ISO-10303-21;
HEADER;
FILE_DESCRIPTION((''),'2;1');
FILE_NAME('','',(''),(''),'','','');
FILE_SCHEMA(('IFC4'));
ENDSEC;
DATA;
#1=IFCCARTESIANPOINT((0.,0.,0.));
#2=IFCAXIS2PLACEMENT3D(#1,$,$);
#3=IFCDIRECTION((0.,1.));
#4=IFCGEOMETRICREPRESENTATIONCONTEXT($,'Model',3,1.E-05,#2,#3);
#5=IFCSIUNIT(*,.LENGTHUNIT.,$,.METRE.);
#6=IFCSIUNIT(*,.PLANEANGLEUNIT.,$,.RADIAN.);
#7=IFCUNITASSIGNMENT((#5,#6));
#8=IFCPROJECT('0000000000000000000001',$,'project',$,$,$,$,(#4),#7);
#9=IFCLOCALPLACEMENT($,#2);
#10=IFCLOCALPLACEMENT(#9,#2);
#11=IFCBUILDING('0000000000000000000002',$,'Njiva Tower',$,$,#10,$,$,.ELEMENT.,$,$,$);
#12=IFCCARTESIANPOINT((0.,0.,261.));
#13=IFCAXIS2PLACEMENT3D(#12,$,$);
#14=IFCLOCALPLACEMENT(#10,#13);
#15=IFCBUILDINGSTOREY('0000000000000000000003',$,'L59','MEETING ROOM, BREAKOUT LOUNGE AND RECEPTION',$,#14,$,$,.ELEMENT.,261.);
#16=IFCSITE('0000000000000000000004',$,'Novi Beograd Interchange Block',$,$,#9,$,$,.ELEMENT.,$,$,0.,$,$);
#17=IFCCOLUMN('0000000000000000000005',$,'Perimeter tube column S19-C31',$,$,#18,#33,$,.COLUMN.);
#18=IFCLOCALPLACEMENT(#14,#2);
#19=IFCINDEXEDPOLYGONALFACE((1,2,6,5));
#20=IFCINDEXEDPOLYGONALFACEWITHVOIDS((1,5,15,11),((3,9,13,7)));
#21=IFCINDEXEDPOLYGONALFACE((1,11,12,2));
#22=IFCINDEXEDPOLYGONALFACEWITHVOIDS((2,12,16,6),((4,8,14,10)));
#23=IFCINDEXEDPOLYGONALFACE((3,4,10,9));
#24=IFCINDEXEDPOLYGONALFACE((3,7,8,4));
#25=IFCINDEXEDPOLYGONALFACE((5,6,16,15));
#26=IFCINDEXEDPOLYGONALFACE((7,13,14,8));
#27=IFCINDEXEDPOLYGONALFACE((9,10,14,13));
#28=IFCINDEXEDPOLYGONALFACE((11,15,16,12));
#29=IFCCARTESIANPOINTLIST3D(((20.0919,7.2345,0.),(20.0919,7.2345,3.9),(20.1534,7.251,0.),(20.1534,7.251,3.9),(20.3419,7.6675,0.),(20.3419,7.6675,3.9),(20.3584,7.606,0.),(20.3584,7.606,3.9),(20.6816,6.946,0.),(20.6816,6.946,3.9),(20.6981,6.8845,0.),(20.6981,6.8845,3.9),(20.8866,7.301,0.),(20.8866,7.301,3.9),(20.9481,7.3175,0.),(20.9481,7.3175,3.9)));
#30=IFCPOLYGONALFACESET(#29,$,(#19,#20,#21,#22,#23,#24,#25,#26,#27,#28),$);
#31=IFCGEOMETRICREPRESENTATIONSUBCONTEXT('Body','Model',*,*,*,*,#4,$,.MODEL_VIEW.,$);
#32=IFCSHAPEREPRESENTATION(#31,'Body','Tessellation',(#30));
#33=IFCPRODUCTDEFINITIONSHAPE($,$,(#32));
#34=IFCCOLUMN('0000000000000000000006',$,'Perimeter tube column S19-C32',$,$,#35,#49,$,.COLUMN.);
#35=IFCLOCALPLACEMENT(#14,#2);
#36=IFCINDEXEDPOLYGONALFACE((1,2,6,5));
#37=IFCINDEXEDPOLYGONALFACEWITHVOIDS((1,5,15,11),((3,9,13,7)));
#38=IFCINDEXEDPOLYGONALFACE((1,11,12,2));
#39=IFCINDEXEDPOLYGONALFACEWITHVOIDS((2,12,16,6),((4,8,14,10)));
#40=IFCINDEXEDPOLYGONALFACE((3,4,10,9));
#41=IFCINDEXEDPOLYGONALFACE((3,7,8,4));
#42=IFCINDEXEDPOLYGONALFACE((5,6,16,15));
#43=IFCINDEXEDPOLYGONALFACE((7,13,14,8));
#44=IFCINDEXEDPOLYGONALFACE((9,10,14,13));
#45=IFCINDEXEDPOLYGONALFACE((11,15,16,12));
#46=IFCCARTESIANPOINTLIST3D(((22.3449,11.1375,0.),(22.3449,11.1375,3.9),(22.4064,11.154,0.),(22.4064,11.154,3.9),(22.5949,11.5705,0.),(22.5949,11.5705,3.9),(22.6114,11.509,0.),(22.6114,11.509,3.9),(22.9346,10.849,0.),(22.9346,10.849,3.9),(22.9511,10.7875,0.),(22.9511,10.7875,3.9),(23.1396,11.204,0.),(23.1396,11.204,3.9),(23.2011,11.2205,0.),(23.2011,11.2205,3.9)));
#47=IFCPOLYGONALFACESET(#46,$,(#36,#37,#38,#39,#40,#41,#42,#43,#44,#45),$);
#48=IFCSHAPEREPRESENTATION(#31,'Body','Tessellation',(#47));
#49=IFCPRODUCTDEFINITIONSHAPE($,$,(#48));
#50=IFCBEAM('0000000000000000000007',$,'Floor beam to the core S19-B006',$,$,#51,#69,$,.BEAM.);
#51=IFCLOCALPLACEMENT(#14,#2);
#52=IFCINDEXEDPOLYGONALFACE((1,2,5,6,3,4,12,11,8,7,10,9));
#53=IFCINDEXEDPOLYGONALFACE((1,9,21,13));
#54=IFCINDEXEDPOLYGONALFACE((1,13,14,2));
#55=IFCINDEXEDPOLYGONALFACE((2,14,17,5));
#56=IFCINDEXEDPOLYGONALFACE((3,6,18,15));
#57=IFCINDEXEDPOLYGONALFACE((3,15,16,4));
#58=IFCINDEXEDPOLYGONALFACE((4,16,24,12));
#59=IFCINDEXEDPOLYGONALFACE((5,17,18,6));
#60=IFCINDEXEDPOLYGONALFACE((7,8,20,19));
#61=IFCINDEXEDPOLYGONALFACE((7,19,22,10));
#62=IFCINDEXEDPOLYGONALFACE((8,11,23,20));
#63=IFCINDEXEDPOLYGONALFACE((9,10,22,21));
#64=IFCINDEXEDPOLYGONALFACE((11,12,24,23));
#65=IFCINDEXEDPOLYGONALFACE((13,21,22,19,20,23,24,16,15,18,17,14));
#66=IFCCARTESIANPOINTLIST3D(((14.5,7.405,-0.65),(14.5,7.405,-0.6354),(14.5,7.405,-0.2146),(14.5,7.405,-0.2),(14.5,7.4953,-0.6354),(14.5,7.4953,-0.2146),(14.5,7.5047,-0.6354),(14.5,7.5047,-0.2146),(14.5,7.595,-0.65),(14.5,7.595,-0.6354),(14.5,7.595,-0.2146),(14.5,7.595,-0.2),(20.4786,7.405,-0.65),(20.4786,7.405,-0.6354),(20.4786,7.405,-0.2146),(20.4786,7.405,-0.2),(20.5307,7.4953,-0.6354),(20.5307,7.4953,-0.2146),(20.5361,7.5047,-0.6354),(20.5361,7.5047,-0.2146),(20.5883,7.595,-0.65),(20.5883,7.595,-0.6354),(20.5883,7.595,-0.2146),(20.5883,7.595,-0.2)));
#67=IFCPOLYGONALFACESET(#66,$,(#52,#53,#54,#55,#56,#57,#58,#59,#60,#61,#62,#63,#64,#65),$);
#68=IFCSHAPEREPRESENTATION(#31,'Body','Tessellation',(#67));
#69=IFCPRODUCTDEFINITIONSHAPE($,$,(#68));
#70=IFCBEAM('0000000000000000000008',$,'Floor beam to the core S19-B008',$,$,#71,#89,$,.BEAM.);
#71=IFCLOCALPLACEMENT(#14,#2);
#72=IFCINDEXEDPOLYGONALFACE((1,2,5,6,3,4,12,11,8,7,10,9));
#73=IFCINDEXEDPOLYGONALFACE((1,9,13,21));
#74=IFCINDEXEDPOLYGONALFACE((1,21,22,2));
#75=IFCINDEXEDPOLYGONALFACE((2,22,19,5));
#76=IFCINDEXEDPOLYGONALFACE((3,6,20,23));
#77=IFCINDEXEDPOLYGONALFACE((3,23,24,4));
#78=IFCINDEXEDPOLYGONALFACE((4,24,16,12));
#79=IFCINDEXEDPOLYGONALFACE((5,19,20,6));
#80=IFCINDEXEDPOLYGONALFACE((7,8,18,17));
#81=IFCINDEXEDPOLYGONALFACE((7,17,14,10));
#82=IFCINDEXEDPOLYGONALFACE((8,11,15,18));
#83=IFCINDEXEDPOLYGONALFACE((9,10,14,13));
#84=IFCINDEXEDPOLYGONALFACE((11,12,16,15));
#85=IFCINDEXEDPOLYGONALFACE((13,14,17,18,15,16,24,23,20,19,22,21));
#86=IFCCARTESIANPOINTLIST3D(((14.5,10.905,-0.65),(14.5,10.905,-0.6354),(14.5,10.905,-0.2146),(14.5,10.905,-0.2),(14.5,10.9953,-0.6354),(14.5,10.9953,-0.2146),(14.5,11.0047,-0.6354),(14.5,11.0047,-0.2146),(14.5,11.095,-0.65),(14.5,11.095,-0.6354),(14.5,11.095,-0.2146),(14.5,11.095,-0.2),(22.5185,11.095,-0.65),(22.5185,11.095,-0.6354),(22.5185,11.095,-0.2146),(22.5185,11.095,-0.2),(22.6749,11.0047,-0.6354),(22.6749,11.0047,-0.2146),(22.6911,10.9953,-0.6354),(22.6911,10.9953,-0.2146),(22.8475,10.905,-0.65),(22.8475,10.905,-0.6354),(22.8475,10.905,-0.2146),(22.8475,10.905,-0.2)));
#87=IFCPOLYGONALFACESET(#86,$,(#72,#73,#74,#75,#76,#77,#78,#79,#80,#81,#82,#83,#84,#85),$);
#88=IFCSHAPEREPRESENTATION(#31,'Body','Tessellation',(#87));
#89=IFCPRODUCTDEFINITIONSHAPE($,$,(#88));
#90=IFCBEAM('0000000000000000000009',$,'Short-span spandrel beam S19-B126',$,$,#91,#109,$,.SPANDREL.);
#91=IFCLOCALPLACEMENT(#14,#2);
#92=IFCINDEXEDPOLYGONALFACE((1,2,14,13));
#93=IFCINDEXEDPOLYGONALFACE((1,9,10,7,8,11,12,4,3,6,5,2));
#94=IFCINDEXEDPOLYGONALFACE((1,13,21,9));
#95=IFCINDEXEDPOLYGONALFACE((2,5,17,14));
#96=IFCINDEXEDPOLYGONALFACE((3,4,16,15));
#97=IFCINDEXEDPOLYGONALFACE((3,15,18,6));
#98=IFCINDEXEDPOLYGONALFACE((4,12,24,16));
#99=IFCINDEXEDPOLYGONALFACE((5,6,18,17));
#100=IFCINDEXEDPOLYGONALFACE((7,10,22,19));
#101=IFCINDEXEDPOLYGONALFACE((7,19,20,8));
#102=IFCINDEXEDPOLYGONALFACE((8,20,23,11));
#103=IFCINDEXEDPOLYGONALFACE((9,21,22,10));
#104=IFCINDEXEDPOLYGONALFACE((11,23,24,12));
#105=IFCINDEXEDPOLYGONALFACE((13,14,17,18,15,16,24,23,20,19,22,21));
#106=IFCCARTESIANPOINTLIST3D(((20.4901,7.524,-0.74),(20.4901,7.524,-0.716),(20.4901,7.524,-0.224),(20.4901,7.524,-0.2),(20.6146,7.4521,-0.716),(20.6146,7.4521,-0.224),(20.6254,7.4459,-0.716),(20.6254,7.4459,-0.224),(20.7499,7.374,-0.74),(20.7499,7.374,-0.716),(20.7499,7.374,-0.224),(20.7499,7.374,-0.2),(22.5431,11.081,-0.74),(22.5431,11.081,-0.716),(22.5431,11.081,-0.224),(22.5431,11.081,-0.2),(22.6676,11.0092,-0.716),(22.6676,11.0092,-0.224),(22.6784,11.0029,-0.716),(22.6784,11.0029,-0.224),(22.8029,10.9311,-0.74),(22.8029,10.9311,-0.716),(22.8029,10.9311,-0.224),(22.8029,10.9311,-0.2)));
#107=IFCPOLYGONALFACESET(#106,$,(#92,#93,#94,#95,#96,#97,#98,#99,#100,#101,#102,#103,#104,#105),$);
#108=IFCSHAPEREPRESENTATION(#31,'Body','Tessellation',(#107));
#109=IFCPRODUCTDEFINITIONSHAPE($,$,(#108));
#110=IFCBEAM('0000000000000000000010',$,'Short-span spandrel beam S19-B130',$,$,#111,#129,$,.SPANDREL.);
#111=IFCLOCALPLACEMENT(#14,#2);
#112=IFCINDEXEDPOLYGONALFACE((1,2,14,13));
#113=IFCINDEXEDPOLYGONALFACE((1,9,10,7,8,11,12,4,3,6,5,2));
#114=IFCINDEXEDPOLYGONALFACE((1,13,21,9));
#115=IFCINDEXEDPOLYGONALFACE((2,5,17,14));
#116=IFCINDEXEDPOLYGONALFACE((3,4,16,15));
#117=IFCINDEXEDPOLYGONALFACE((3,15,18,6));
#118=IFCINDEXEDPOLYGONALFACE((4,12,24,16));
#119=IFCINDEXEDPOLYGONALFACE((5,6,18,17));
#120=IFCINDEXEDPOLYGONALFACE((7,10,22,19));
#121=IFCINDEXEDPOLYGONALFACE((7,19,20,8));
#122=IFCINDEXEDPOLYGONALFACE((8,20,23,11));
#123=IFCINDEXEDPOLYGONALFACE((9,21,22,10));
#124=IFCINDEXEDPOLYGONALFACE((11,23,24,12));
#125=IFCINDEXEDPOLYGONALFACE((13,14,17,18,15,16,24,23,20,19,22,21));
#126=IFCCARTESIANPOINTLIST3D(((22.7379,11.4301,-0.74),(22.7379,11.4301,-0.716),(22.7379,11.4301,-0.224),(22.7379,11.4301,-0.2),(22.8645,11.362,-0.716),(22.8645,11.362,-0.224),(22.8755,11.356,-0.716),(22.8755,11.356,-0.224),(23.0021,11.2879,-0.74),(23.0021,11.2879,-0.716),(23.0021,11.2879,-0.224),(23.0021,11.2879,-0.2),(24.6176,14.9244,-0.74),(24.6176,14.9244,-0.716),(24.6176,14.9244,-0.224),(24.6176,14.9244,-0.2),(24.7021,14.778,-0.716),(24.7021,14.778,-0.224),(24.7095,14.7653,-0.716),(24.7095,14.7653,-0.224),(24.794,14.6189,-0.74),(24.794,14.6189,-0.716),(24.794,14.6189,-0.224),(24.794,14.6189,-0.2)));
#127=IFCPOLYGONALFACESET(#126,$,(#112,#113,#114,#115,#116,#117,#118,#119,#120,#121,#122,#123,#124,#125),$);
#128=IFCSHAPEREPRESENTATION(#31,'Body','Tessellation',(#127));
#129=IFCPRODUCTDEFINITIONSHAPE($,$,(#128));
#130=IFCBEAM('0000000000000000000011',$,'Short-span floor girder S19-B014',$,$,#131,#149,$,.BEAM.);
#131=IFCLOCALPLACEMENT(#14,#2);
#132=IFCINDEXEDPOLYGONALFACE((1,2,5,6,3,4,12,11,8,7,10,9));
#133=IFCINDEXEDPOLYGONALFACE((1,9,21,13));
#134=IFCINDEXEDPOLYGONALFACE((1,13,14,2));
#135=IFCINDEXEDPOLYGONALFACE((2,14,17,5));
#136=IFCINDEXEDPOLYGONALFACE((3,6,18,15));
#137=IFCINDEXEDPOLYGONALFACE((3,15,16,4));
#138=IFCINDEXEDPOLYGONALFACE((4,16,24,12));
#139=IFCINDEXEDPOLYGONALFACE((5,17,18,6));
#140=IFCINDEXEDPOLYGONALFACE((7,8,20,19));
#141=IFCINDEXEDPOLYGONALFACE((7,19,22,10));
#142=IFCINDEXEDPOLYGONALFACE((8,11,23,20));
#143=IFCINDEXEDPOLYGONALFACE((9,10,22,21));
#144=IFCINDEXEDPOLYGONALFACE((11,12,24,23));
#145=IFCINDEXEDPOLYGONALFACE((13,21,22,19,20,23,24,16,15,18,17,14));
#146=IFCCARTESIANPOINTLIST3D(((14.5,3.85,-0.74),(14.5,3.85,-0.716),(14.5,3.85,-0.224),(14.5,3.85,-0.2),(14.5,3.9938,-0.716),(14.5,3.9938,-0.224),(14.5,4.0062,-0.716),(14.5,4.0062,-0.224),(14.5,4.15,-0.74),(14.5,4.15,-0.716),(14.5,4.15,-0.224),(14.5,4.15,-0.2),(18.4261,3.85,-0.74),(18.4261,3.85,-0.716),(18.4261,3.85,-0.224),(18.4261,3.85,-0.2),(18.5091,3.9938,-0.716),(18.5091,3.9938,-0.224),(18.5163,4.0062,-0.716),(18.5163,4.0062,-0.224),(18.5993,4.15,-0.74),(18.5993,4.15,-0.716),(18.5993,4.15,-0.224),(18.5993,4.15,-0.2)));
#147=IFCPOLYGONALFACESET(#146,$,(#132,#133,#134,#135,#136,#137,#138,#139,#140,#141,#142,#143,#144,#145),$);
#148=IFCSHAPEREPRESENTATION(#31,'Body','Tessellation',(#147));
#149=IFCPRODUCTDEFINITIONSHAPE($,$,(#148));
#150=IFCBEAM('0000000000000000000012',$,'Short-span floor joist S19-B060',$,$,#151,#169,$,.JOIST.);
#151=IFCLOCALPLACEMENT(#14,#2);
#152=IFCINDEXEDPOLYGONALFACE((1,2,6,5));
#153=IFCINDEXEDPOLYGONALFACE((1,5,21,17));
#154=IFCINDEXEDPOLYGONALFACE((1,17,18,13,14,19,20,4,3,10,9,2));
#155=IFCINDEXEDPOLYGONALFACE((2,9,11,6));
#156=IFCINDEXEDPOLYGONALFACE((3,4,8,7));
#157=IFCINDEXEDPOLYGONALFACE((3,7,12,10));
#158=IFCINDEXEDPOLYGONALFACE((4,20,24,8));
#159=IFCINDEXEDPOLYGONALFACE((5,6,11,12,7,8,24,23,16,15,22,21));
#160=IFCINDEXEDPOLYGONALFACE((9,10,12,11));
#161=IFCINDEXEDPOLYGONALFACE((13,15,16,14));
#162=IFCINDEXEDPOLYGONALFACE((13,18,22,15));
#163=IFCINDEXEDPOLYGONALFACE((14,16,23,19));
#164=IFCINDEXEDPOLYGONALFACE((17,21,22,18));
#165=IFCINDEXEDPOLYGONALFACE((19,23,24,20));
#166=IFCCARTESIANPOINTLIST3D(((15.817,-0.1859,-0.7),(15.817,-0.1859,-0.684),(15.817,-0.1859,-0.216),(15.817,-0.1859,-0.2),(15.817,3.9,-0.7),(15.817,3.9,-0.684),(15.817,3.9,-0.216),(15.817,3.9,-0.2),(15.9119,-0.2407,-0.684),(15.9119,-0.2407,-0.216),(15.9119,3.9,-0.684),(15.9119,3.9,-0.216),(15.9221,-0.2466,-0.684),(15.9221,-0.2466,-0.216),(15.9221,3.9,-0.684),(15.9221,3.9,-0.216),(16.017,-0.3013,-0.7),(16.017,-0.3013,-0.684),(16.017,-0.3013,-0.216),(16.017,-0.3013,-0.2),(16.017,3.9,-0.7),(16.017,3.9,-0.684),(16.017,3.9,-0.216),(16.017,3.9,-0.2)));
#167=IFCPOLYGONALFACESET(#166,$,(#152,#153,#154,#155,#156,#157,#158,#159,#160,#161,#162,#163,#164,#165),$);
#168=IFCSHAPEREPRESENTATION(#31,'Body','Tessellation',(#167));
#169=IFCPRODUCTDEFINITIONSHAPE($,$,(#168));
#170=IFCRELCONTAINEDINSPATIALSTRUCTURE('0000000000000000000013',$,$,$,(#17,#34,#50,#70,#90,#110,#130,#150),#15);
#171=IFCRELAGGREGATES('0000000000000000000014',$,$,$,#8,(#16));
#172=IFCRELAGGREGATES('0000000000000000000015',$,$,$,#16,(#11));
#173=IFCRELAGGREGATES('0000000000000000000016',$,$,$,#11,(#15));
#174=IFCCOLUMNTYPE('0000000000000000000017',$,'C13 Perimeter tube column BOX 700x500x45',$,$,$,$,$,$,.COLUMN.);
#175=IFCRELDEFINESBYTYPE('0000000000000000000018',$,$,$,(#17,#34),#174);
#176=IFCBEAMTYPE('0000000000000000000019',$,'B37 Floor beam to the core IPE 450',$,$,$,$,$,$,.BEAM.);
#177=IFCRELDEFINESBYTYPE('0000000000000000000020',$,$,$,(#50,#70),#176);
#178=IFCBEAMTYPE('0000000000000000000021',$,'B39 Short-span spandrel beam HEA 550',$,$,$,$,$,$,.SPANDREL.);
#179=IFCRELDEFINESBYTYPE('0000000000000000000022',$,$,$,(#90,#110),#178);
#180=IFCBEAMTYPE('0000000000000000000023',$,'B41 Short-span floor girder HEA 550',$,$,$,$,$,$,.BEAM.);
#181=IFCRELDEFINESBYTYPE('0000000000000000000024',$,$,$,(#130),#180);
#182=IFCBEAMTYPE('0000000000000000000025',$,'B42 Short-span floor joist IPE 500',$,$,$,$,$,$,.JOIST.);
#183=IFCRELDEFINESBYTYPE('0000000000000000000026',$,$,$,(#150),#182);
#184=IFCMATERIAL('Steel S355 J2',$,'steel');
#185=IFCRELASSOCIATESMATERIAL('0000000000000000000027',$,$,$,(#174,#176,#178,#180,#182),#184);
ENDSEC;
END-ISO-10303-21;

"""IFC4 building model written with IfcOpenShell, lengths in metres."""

from ifc_helpers import new_model, si_unit, direction, frame, origin, origin_2d, place, context, subcontext, project, spatial, hollow_rectangle, i_section, extrude, clip, halfspace, material, material_profile, profile_set, type_object, element, save


model = new_model("IFC4")

# Units and contexts
model_context = context("Model", 3, precision=1e-05, world=origin(), true_north=direction((0.0, 1.0)))
body_context = subcontext(model_context, "Body", "Model", "MODEL_VIEW")
ifc_project = project(units=[si_unit("LENGTHUNIT", "METRE"), si_unit("PLANEANGLEUNIT", "RADIAN")], contexts=[model_context])

# Site, building, storey
site_placement = place(None, origin())
site = spatial("IfcSite", under=ifc_project, at=site_placement, Name="Novi Beograd Interchange Block", CompositionType="ELEMENT", RefElevation=0.0)
building_placement = place(site_placement, origin())
building = spatial("IfcBuilding", under=site, at=building_placement, Name="Njiva Tower", CompositionType="ELEMENT")
storey_placement = place(building_placement, frame((0.0, 0.0, 261.0)))
storey = spatial("IfcBuildingStorey", under=building, at=storey_placement, Name="L59", Description="MEETING ROOM, BREAKOUT LOUNGE AND RECEPTION", CompositionType="ELEMENT", Elevation=261.0)

# Columns
ifc_material_1 = material(Name="Steel S355 J2", Category="steel")
ifc_material_profile_1 = material_profile(ifc_material_1, hollow_rectangle(XDim=0.5, YDim=0.7, WallThickness=0.045, at=origin_2d()), Name="BOX 700x500x45")
ifc_profile_set_1 = profile_set([ifc_material_profile_1], Name="Steel S355 J2")
column_type = type_object("IfcColumnType", Name="C13 Perimeter tube column BOX 700x500x45", PredefinedType="COLUMN", material=ifc_profile_set_1)
for number, where, z_axis, x_axis, name in (
    (1, (20.52, 7.276, 0.0), (0.0, 0.0, 1.0), (0.5, 0.866025, 0.0), "Perimeter tube column S19-C31"),
    (2, (22.773, 11.179, 0.0), (0.0, 0.0, 1.0), (0.5, 0.866025, 0.0), "Perimeter tube column S19-C32"),
):
    element("IfcColumn", number, at=place(storey_placement, frame(where, z_axis=z_axis, x_axis=x_axis)), inside=storey, type_object=column_type, Name=name, PredefinedType="COLUMN", context=body_context, shape_type="SweptSolid", body=[
        extrude(hollow_rectangle(XDim=0.5, YDim=0.7, WallThickness=0.045, at=origin_2d()), origin(), (0.0, 0.0, 1.0), 3.9),
    ])

# Beams
ifc_material_profile_2 = material_profile(ifc_material_1, i_section(OverallWidth=0.19, OverallDepth=0.45, WebThickness=0.0094, FlangeThickness=0.0146, at=origin_2d()), Name="IPE 450")
ifc_profile_set_2 = profile_set([ifc_material_profile_2], Name="Steel S355 J2")
beam_type_1 = type_object("IfcBeamType", Name="B37 Floor beam to the core IPE 450", PredefinedType="BEAM", material=ifc_profile_set_2)
beam_1_placement = place(storey_placement, frame((14.5, 7.5, -0.425), z_axis=(1.0, 0.0, 0.0), x_axis=(0.0, 1.0, 0.0)))
element("IfcBeam", 3, at=beam_1_placement, inside=storey, type_object=beam_type_1, Name="Floor beam to the core S19-B006", PredefinedType="BEAM", context=body_context, shape_type="Clipping", body=[
    clip(extrude(i_section(OverallWidth=0.19, OverallDepth=0.45, WebThickness=0.0094, FlangeThickness=0.0146, at=origin_2d()), origin(), (0.0, 0.0, 1.0), 6.108), halfspace(frame((-0.025, 0.0, 6.019), z_axis=(-0.499998, 0.0, 0.866027), x_axis=(0.0, 1.0, 0.0)), False)),
])
beam_2_placement = place(storey_placement, frame((14.5, 11.0, -0.425), z_axis=(1.0, 0.0, 0.0), x_axis=(0.0, 1.0, 0.0)))
element("IfcBeam", 4, at=beam_2_placement, inside=storey, type_object=beam_type_1, Name="Floor beam to the core S19-B008", PredefinedType="BEAM", context=body_context, shape_type="Clipping", body=[
    clip(extrude(i_section(OverallWidth=0.19, OverallDepth=0.45, WebThickness=0.0094, FlangeThickness=0.0146, at=origin_2d()), origin(), (0.0, 0.0, 1.0), 8.368), halfspace(frame((0.0433, 0.0, 8.108), z_axis=(0.866027, 0.0, 0.499998), x_axis=(0.0, 1.0, 0.0)), False)),
])
ifc_material_profile_3 = material_profile(ifc_material_1, i_section(OverallWidth=0.3, OverallDepth=0.54, WebThickness=0.0125, FlangeThickness=0.024, at=origin_2d()), Name="HEA 550")
ifc_profile_set_3 = profile_set([ifc_material_profile_3], Name="Steel S355 J2")
beam_type_2 = type_object("IfcBeamType", Name="B39 Short-span spandrel beam HEA 550", PredefinedType="SPANDREL", material=ifc_profile_set_3)
beam_3_placement = place(storey_placement, frame((20.62, 7.449, -0.47), z_axis=(0.499884, 0.866092, 0.0), x_axis=(-0.866092, 0.499884, 0.0)))
element("IfcBeam", 5, at=beam_3_placement, inside=storey, type_object=beam_type_2, Name="Short-span spandrel beam S19-B126", PredefinedType="SPANDREL", context=body_context, shape_type="SweptSolid", body=[
    extrude(i_section(OverallWidth=0.3, OverallDepth=0.54, WebThickness=0.0125, FlangeThickness=0.024, at=origin_2d()), origin(), (0.0, 0.0, 1.0), 4.107),
])
beam_4_placement = place(storey_placement, frame((22.87, 11.359, -0.47), z_axis=(0.473746, 0.880662, 0.0), x_axis=(-0.880662, 0.473746, 0.0)))
element("IfcBeam", 6, at=beam_4_placement, inside=storey, type_object=beam_type_2, Name="Short-span spandrel beam S19-B130", PredefinedType="SPANDREL", context=body_context, shape_type="Clipping", body=[
    clip(extrude(i_section(OverallWidth=0.3, OverallDepth=0.54, WebThickness=0.0125, FlangeThickness=0.024, at=origin_2d()), origin(), (0.0, 0.0, 1.0), 3.9885), halfspace(frame((-0.0262, 0.0, 3.8589), z_axis=(-0.525804, 0.0, 0.850606), x_axis=(0.0, 1.0, 0.0)), False)),
])
ifc_material_profile_4 = material_profile(ifc_material_1, i_section(OverallWidth=0.3, OverallDepth=0.54, WebThickness=0.0125, FlangeThickness=0.024, at=origin_2d()), Name="HEA 550")
ifc_profile_set_4 = profile_set([ifc_material_profile_4], Name="Steel S355 J2")
beam_type_3 = type_object("IfcBeamType", Name="B41 Short-span floor girder HEA 550", PredefinedType="BEAM", material=ifc_profile_set_4)
beam_5_placement = place(storey_placement, frame((14.5, 4.0, -0.47), z_axis=(1.0, 0.0, 0.0), x_axis=(0.0, 1.0, 0.0)))
element("IfcBeam", 7, at=beam_5_placement, inside=storey, type_object=beam_type_3, Name="Short-span floor girder S19-B014", PredefinedType="BEAM", context=body_context, shape_type="Clipping", body=[
    clip(extrude(i_section(OverallWidth=0.3, OverallDepth=0.54, WebThickness=0.0125, FlangeThickness=0.024, at=origin_2d()), origin(), (0.0, 0.0, 1.0), 4.12), halfspace(frame((-0.025, 0.0, 3.9983), z_axis=(-0.499998, 0.0, 0.866027), x_axis=(0.0, 1.0, 0.0)), False)),
])
ifc_material_profile_5 = material_profile(ifc_material_1, i_section(OverallWidth=0.2, OverallDepth=0.5, WebThickness=0.0102, FlangeThickness=0.016, at=origin_2d()), Name="IPE 500")
ifc_profile_set_5 = profile_set([ifc_material_profile_5], Name="Steel S355 J2")
beam_type_4 = type_object("IfcBeamType", Name="B42 Short-span floor joist IPE 500", PredefinedType="JOIST", material=ifc_profile_set_5)
beam_6_placement = place(storey_placement, frame((15.917, 3.9, -0.45), z_axis=(0.0, -1.0, 0.0), x_axis=(1.0, 0.0, 0.0)))
element("IfcBeam", 8, at=beam_6_placement, inside=storey, type_object=beam_type_4, Name="Short-span floor joist S19-B060", PredefinedType="JOIST", context=body_context, shape_type="Clipping", body=[
    clip(extrude(i_section(OverallWidth=0.2, OverallDepth=0.5, WebThickness=0.0102, FlangeThickness=0.016, at=origin_2d()), origin(), (0.0, 0.0, 1.0), 4.221), halfspace(frame((-0.0253, 0.0, 4.129), z_axis=(-0.499998, 0.0, 0.866027), x_axis=(0.0, 1.0, 0.0)), False)),
])

save(model, "model.ifc")
